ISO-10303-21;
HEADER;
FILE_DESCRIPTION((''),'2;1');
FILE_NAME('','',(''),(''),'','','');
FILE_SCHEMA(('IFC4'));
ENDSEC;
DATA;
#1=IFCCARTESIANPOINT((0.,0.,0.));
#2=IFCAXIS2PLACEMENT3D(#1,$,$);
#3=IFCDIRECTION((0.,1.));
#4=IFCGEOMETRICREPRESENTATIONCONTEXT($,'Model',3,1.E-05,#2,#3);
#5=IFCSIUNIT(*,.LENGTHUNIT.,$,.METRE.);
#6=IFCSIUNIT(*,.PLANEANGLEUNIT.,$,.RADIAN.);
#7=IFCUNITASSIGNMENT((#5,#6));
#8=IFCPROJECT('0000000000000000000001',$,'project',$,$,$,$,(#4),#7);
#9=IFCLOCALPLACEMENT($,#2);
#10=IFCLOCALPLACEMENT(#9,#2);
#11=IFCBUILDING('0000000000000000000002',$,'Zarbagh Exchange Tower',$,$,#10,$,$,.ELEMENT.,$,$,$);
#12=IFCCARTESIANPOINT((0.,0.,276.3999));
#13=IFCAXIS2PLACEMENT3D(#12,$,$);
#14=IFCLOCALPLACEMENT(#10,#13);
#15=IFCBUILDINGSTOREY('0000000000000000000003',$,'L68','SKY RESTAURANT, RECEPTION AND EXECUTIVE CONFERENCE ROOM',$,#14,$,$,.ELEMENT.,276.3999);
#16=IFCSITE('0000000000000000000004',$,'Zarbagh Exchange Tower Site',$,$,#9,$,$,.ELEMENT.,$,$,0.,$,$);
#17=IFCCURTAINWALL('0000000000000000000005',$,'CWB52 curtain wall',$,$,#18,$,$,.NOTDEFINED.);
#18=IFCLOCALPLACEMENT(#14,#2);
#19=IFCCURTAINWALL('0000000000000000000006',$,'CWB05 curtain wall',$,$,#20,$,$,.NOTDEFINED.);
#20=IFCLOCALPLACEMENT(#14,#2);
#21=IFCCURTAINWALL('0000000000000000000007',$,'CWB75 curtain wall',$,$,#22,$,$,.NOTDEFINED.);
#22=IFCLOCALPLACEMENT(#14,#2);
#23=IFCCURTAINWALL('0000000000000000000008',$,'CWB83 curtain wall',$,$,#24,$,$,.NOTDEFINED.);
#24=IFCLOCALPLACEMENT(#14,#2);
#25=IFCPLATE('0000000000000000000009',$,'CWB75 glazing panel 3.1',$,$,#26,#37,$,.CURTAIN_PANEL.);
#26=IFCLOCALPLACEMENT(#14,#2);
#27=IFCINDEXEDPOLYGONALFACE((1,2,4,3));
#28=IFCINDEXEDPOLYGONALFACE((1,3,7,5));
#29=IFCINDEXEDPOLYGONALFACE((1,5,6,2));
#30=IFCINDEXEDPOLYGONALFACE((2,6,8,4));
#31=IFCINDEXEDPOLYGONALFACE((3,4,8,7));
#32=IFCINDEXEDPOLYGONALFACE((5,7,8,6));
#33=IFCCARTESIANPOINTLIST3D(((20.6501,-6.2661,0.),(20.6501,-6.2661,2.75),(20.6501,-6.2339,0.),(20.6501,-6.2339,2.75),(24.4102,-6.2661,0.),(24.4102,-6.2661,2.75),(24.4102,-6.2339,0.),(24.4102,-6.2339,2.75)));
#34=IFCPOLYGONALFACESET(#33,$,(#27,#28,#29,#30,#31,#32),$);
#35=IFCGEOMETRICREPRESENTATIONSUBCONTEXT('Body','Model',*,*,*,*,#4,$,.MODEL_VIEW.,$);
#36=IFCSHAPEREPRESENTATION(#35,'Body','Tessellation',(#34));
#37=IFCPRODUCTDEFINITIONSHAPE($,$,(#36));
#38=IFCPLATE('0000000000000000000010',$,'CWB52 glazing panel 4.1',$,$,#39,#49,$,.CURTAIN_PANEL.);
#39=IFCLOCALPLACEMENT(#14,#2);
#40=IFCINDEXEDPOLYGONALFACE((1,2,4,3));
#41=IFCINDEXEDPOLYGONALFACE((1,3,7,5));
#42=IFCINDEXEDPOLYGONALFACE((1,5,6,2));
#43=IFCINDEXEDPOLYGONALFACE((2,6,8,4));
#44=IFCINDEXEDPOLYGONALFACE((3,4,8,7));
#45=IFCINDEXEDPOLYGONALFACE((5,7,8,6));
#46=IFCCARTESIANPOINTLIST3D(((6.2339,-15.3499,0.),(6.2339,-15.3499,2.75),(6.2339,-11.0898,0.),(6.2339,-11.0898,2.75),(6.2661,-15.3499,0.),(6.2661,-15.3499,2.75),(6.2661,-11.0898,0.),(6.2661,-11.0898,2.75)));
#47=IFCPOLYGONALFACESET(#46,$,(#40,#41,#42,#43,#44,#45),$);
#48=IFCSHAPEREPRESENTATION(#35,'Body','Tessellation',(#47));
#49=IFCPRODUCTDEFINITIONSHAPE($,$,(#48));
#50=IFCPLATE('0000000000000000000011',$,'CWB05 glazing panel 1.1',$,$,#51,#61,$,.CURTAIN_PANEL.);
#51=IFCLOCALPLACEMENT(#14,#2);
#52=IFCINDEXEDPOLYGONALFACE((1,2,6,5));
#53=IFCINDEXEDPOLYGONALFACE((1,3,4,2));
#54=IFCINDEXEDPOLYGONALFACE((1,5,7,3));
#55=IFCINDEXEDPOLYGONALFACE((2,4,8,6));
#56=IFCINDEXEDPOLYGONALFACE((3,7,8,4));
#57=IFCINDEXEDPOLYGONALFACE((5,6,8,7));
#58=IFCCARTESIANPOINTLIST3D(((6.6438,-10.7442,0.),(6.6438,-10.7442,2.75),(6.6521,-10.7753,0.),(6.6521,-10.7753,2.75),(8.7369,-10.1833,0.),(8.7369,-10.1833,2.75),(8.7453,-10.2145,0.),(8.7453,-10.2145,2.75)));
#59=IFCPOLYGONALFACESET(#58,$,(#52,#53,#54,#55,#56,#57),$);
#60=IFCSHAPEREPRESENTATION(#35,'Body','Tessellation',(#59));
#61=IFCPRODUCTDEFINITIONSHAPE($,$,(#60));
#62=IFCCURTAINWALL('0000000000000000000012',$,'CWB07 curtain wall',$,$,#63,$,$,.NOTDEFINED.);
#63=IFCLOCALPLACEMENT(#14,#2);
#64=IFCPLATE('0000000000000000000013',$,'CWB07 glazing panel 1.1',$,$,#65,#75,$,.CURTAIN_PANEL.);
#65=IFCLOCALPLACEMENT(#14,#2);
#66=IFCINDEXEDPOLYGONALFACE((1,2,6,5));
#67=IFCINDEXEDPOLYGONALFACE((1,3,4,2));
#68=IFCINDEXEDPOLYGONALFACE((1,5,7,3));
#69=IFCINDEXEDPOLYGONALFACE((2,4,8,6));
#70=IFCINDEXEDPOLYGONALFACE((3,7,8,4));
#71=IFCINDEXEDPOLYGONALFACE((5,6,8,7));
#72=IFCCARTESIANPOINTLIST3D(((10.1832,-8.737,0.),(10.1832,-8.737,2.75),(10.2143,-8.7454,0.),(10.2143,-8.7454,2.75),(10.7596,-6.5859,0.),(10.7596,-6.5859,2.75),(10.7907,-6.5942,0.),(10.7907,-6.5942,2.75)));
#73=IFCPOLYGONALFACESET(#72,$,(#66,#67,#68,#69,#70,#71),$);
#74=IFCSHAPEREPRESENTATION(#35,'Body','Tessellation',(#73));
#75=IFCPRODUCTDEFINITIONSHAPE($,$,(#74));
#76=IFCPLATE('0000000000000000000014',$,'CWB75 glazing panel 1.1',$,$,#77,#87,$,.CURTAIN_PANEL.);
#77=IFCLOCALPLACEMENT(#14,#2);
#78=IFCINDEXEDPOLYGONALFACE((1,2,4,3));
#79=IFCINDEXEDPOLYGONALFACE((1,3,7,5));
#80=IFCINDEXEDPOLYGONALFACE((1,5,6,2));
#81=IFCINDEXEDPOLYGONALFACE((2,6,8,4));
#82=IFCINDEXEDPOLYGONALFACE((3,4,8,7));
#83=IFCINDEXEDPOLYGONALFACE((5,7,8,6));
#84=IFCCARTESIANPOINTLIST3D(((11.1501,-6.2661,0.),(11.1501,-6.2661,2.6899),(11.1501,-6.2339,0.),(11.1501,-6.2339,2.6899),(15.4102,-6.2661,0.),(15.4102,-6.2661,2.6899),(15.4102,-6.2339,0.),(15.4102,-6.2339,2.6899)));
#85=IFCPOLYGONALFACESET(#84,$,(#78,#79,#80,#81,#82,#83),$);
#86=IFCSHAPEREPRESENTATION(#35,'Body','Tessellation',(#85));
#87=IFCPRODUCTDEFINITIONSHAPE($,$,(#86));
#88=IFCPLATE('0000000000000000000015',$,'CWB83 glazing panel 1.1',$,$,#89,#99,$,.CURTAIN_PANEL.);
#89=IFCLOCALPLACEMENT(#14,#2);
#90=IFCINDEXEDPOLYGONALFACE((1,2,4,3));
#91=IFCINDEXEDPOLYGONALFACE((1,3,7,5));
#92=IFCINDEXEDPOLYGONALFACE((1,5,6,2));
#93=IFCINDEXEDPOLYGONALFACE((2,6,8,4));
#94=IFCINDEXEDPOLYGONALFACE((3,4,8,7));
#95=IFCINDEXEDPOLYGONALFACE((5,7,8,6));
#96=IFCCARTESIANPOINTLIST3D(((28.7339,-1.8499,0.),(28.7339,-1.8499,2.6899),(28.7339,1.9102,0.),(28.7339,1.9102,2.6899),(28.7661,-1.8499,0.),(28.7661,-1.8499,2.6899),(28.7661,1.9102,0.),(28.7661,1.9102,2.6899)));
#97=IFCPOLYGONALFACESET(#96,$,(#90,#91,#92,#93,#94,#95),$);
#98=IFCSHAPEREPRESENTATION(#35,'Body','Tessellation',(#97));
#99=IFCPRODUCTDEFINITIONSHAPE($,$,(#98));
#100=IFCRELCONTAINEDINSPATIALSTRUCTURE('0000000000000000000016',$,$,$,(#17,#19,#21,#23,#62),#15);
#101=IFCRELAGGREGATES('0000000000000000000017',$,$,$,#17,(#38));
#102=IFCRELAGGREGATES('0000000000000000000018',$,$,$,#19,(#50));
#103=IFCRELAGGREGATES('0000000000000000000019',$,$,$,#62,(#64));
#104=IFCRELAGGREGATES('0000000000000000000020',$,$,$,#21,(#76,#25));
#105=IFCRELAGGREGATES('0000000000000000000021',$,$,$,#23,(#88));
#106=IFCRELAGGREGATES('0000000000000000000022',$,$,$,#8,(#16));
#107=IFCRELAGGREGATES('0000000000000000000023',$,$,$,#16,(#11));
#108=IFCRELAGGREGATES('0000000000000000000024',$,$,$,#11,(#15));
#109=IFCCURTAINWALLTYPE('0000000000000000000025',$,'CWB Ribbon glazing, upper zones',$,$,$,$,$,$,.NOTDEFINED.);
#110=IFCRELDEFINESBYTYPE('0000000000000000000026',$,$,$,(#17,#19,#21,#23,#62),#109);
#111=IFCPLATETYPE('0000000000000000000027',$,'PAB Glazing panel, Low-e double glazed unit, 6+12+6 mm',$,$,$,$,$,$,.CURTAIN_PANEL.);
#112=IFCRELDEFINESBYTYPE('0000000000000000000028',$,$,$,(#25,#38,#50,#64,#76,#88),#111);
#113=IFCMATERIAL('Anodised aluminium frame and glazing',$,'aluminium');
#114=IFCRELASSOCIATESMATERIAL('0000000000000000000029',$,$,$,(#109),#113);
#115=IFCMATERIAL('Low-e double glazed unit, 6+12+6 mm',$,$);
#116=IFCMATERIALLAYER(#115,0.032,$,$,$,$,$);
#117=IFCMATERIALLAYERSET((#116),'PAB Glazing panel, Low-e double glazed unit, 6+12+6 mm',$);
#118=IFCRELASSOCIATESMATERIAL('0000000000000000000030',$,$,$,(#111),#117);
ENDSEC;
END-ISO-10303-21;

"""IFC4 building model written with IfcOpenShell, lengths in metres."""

from ifc_helpers import new_model, si_unit, direction, frame, origin, place, context, subcontext, project, spatial, polyline, outline, extrude, source, transform, mapped, material, layer, layer_set, type_object, element, aggregate, save


model = new_model("IFC4")

# Units and contexts
model_context = context("Model", 3, precision=1e-05, world=origin(), true_north=direction((0.0, 1.0)))
body_context = subcontext(model_context, "Body", "Model", "MODEL_VIEW")
ifc_project = project(units=[si_unit("LENGTHUNIT", "METRE"), si_unit("PLANEANGLEUNIT", "RADIAN")], contexts=[model_context])

# Site, building, storey
site_placement = place(None, origin())
site = spatial("IfcSite", under=ifc_project, at=site_placement, Name="Zarbagh Exchange Tower Site", CompositionType="ELEMENT", RefElevation=0.0)
building_placement = place(site_placement, origin())
building = spatial("IfcBuilding", under=site, at=building_placement, Name="Zarbagh Exchange Tower", CompositionType="ELEMENT")
storey_placement = place(building_placement, frame((0.0, 0.0, 276.3999)))
storey = spatial("IfcBuildingStorey", under=building, at=storey_placement, Name="L68", Description="SKY RESTAURANT, RECEPTION AND EXECUTIVE CONFERENCE ROOM", CompositionType="ELEMENT", Elevation=276.3999)

# Curtain walls
ifc_material_1 = material(Name="Anodised aluminium frame and glazing", Category="aluminium")
curtain_wall_type = type_object("IfcCurtainWallType", Name="CWB Ribbon glazing, upper zones", PredefinedType="NOTDEFINED", material=ifc_material_1)
curtain_wall_1_placement = place(storey_placement, origin())
curtain_wall_1 = element("IfcCurtainWall", 1, at=curtain_wall_1_placement, inside=storey, type_object=curtain_wall_type, Name="CWB52 curtain wall", PredefinedType="NOTDEFINED")
placement = place(storey_placement, origin())
curtain_wall_2_placement = place(storey_placement, origin())
curtain_wall_2 = element("IfcCurtainWall", 2, at=curtain_wall_2_placement, inside=storey, type_object=curtain_wall_type, Name="CWB05 curtain wall", PredefinedType="NOTDEFINED")

# Curtain wall
curtain_wall_3_placement = place(storey_placement, origin())
curtain_wall_3 = element("IfcCurtainWall", 3, at=curtain_wall_3_placement, inside=storey, type_object=curtain_wall_type, Name="CWB75 curtain wall", PredefinedType="NOTDEFINED")

# Curtain wall
curtain_wall_4_placement = place(storey_placement, origin())
curtain_wall_4 = element("IfcCurtainWall", 4, at=curtain_wall_4_placement, inside=storey, type_object=curtain_wall_type, Name="CWB83 curtain wall", PredefinedType="NOTDEFINED")

# Shared definitions
ifc_material_2 = material(Name="Low-e double glazed unit, 6+12+6 mm")
ifc_layer = layer(ifc_material_2, 0.032)
ifc_layer_set = layer_set([ifc_layer], Name="PAB Glazing panel, Low-e double glazed unit, 6+12+6 mm")
plate_type = type_object("IfcPlateType", Name="PAB Glazing panel, Low-e double glazed unit, 6+12+6 mm", PredefinedType="CURTAIN_PANEL", material=ifc_layer_set)

# Plates
shared_shape_1 = source(origin(), body_context, "Body", "SweptSolid", [
    extrude(outline(polyline([(0.0, -0.0161), (3.76, -0.0161), (3.76, 0.0161), (0.0, 0.0161), (0.0, -0.0161)])), origin(), (0.0, 0.0, 1.0), 2.75),
])
plate_1 = element("IfcPlate", 5, at=placement, type_object=plate_type, Name="CWB75 glazing panel 3.1", PredefinedType="CURTAIN_PANEL", context=body_context, shape_type="MappedRepresentation", body=[
    mapped(shared_shape_1, transform((20.6501, -6.25, 0.0), x_axis=(1.0, 0.0, 0.0), y_axis=(0.0, 1.0, 0.0), z_axis=(0.0, 0.0, 1.0))),
])
shared_shape_2 = source(origin(), body_context, "Body", "SweptSolid", [
    extrude(outline(polyline([(0.0, -0.0161), (4.26, -0.0161), (4.26, 0.0161), (0.0, 0.0161), (0.0, -0.0161)])), origin(), (0.0, 0.0, 1.0), 2.75),
])
plate_2 = element("IfcPlate", 6, at=placement, type_object=plate_type, Name="CWB52 glazing panel 4.1", PredefinedType="CURTAIN_PANEL", context=body_context, shape_type="MappedRepresentation", body=[
    mapped(shared_shape_2, transform((6.25, -15.3499, 0.0), x_axis=(0.0, 1.0, 0.0), y_axis=(-1.0, 0.0, 0.0), z_axis=(0.0, 0.0, 1.0))),
])
aggregate(curtain_wall_1, [plate_2])
shared_shape_3 = source(origin(), body_context, "Body", "SweptSolid", [
    extrude(outline(polyline([(0.0, -0.0161), (2.167, -0.0161), (2.167, 0.0161), (0.0, 0.0161), (0.0, -0.0161)])), origin(), (0.0, 0.0, 1.0), 2.75),
])
plate_3 = element("IfcPlate", 7, at=placement, type_object=plate_type, Name="CWB05 glazing panel 1.1", PredefinedType="CURTAIN_PANEL", context=body_context, shape_type="MappedRepresentation", body=[
    mapped(shared_shape_3, transform((6.6479, -10.7598, 0.0), x_axis=(0.965924, 0.258825, 0.0), y_axis=(-0.258825, 0.965924, 0.0), z_axis=(0.0, 0.0, 1.0))),
])
aggregate(curtain_wall_2, [plate_3])

# Curtain wall, plate
curtain_wall_5_placement = place(storey_placement, origin())
curtain_wall_5 = element("IfcCurtainWall", 8, at=curtain_wall_5_placement, inside=storey, type_object=curtain_wall_type, Name="CWB07 curtain wall", PredefinedType="NOTDEFINED")
shared_shape_4 = source(origin(), body_context, "Body", "SweptSolid", [
    extrude(outline(polyline([(0.0, -0.0161), (2.2271, -0.0161), (2.2271, 0.0161), (0.0, 0.0161), (0.0, -0.0161)])), origin(), (0.0, 0.0, 1.0), 2.75),
])
plate_4 = element("IfcPlate", 9, at=placement, type_object=plate_type, Name="CWB07 glazing panel 1.1", PredefinedType="CURTAIN_PANEL", context=body_context, shape_type="MappedRepresentation", body=[
    mapped(shared_shape_4, transform((10.1987, -8.7412, 0.0), x_axis=(0.258825, 0.965924, 0.0), y_axis=(-0.965924, 0.258825, 0.0), z_axis=(0.0, 0.0, 1.0))),
])
aggregate(curtain_wall_5, [plate_4])

# Plates
shared_shape_5 = source(origin(), body_context, "Body", "SweptSolid", [
    extrude(outline(polyline([(0.0, -0.0161), (4.26, -0.0161), (4.26, 0.0161), (0.0, 0.0161), (0.0, -0.0161)])), origin(), (0.0, 0.0, 1.0), 2.6899),
])
plate_5 = element("IfcPlate", 10, at=placement, type_object=plate_type, Name="CWB75 glazing panel 1.1", PredefinedType="CURTAIN_PANEL", context=body_context, shape_type="MappedRepresentation", body=[
    mapped(shared_shape_5, transform((11.1501, -6.25, 0.0), x_axis=(1.0, 0.0, 0.0), y_axis=(0.0, 1.0, 0.0), z_axis=(0.0, 0.0, 1.0))),
])
aggregate(curtain_wall_3, [plate_5, plate_1])
shared_shape_6 = source(origin(), body_context, "Body", "SweptSolid", [
    extrude(outline(polyline([(0.0, -0.0161), (3.76, -0.0161), (3.76, 0.0161), (0.0, 0.0161), (0.0, -0.0161)])), origin(), (0.0, 0.0, 1.0), 2.6899),
])
plate_6 = element("IfcPlate", 11, at=placement, type_object=plate_type, Name="CWB83 glazing panel 1.1", PredefinedType="CURTAIN_PANEL", context=body_context, shape_type="MappedRepresentation", body=[
    mapped(shared_shape_6, transform((28.75, -1.8499, 0.0), x_axis=(0.0, 1.0, 0.0), y_axis=(-1.0, 0.0, 0.0), z_axis=(0.0, 0.0, 1.0))),
])
aggregate(curtain_wall_4, [plate_6])

save(model, "model.ifc")
